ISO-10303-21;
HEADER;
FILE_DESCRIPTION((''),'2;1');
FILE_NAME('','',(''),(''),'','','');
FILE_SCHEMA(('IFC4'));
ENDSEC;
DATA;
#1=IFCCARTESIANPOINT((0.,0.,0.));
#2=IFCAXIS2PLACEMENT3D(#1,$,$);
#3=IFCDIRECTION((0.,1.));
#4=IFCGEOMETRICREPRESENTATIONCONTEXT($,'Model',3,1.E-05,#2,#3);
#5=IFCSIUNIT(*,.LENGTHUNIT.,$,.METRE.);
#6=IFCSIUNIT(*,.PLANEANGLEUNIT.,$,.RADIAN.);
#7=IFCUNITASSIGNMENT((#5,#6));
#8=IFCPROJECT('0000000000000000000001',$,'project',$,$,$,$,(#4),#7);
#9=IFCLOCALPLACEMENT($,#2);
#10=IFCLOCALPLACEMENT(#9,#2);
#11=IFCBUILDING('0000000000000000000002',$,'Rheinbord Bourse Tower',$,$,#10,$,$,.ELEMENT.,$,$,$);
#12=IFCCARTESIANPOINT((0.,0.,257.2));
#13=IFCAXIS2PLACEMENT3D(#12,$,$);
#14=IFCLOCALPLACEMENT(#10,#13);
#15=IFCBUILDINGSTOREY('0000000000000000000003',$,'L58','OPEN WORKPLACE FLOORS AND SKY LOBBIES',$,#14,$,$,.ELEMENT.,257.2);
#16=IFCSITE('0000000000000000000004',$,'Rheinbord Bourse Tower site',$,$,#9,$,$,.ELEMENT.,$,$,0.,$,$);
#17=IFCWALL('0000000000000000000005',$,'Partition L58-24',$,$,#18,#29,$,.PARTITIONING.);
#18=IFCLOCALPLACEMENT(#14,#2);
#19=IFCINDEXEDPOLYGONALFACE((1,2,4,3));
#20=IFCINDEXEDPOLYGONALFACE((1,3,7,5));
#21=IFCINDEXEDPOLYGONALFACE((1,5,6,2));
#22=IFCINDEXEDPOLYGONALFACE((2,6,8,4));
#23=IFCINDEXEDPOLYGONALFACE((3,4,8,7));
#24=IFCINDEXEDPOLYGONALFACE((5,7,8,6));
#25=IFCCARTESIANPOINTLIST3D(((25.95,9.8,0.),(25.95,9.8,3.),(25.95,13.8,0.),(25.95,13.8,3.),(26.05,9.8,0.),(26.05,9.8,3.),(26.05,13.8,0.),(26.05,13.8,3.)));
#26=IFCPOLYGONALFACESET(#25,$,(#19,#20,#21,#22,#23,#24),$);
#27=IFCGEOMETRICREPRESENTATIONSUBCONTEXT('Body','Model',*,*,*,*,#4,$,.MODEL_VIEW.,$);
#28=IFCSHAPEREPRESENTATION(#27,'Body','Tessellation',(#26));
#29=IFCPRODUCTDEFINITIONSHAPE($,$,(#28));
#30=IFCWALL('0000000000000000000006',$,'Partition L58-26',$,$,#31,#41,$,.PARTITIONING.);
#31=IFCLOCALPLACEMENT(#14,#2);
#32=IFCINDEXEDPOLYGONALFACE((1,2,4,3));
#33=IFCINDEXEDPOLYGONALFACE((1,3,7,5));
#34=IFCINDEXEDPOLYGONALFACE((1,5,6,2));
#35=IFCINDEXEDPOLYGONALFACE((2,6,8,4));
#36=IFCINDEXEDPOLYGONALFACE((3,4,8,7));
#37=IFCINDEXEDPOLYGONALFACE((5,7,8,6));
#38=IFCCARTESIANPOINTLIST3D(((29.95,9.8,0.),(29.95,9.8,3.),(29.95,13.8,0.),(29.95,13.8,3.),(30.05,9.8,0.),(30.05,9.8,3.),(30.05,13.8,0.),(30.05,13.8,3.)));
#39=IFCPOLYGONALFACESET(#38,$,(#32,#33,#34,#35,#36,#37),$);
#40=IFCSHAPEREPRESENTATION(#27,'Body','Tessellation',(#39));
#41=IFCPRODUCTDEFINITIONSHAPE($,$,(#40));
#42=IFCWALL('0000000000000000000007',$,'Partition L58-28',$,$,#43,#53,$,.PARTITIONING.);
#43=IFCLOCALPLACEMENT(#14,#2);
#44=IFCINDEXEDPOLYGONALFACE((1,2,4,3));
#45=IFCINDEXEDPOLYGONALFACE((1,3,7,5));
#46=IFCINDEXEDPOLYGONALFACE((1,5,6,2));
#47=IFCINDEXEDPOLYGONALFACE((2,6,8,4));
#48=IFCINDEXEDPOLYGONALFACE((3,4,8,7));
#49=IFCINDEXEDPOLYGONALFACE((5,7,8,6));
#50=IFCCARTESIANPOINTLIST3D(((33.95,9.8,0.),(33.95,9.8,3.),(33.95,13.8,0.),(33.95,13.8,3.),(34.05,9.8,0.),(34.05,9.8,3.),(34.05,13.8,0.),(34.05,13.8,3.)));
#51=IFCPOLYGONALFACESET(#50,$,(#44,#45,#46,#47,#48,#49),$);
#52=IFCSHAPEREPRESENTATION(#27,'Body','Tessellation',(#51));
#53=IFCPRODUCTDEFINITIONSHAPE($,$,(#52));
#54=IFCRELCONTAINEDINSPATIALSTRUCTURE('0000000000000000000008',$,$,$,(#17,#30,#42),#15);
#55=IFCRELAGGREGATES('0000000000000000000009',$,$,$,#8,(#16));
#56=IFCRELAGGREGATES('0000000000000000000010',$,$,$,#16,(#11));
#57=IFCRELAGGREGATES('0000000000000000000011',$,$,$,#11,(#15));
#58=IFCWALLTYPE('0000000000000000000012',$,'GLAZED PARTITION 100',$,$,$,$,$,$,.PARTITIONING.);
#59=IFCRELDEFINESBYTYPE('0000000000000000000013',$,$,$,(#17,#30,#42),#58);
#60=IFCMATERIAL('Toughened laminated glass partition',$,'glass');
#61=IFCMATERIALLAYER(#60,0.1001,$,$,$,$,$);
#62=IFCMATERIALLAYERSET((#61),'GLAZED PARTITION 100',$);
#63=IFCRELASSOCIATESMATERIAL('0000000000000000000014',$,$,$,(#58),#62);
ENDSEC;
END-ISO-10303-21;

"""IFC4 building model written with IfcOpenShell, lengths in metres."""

from ifc_helpers import new_model, si_unit, direction, frame, frame_2d, origin, place, context, subcontext, project, spatial, rectangle, extrude, material, layer, layer_set, type_object, element, save


model = new_model("IFC4")

# Units and contexts
model_context = context("Model", 3, precision=1e-05, world=origin(), true_north=direction((0.0, 1.0)))
body_context = subcontext(model_context, "Body", "Model", "MODEL_VIEW")
ifc_project = project(units=[si_unit("LENGTHUNIT", "METRE"), si_unit("PLANEANGLEUNIT", "RADIAN")], contexts=[model_context])

# Site, building, storey
site_placement = place(None, origin())
site = spatial("IfcSite", under=ifc_project, at=site_placement, Name="Rheinbord Bourse Tower site", CompositionType="ELEMENT", RefElevation=0.0)
building_placement = place(site_placement, origin())
building = spatial("IfcBuilding", under=site, at=building_placement, Name="Rheinbord Bourse Tower", CompositionType="ELEMENT")
storey_placement = place(building_placement, frame((0.0, 0.0, 257.2)))
storey = spatial("IfcBuildingStorey", under=building, at=storey_placement, Name="L58", Description="OPEN WORKPLACE FLOORS AND SKY LOBBIES", CompositionType="ELEMENT", Elevation=257.2)

# Shared definitions
ifc_material_1 = material(Name="Toughened laminated glass partition", Category="glass")
ifc_layer_1 = layer(ifc_material_1, 0.1001)
ifc_layer_set_1 = layer_set([ifc_layer_1], Name="GLAZED PARTITION 100")
wall_type_1 = type_object("IfcWallType", Name="GLAZED PARTITION 100", PredefinedType="PARTITIONING", material=ifc_layer_set_1)

# Walls
for number, where, z_axis, x_axis, name in (
    (1, (26.0, 9.8, 0.0), (0.0, 0.0, 1.0), (0.0, 1.0, 0.0), "Partition L58-24"),
    (2, (30.0, 9.8, 0.0), (0.0, 0.0, 1.0), (0.0, 1.0, 0.0), "Partition L58-26"),
    (3, (34.0, 9.8, 0.0), (0.0, 0.0, 1.0), (0.0, 1.0, 0.0), "Partition L58-28"),
):
    element("IfcWall", number, at=place(storey_placement, frame(where, z_axis=z_axis, x_axis=x_axis)), inside=storey, type_object=wall_type_1, Name=name, PredefinedType="PARTITIONING", context=body_context, shape_type="SweptSolid", body=[
        extrude(rectangle(XDim=4.0, YDim=0.1001, at=frame_2d((2.0, 0.0))), origin(), (0.0, 0.0, 1.0), 3.0),
    ])

save(model, "model.ifc")
